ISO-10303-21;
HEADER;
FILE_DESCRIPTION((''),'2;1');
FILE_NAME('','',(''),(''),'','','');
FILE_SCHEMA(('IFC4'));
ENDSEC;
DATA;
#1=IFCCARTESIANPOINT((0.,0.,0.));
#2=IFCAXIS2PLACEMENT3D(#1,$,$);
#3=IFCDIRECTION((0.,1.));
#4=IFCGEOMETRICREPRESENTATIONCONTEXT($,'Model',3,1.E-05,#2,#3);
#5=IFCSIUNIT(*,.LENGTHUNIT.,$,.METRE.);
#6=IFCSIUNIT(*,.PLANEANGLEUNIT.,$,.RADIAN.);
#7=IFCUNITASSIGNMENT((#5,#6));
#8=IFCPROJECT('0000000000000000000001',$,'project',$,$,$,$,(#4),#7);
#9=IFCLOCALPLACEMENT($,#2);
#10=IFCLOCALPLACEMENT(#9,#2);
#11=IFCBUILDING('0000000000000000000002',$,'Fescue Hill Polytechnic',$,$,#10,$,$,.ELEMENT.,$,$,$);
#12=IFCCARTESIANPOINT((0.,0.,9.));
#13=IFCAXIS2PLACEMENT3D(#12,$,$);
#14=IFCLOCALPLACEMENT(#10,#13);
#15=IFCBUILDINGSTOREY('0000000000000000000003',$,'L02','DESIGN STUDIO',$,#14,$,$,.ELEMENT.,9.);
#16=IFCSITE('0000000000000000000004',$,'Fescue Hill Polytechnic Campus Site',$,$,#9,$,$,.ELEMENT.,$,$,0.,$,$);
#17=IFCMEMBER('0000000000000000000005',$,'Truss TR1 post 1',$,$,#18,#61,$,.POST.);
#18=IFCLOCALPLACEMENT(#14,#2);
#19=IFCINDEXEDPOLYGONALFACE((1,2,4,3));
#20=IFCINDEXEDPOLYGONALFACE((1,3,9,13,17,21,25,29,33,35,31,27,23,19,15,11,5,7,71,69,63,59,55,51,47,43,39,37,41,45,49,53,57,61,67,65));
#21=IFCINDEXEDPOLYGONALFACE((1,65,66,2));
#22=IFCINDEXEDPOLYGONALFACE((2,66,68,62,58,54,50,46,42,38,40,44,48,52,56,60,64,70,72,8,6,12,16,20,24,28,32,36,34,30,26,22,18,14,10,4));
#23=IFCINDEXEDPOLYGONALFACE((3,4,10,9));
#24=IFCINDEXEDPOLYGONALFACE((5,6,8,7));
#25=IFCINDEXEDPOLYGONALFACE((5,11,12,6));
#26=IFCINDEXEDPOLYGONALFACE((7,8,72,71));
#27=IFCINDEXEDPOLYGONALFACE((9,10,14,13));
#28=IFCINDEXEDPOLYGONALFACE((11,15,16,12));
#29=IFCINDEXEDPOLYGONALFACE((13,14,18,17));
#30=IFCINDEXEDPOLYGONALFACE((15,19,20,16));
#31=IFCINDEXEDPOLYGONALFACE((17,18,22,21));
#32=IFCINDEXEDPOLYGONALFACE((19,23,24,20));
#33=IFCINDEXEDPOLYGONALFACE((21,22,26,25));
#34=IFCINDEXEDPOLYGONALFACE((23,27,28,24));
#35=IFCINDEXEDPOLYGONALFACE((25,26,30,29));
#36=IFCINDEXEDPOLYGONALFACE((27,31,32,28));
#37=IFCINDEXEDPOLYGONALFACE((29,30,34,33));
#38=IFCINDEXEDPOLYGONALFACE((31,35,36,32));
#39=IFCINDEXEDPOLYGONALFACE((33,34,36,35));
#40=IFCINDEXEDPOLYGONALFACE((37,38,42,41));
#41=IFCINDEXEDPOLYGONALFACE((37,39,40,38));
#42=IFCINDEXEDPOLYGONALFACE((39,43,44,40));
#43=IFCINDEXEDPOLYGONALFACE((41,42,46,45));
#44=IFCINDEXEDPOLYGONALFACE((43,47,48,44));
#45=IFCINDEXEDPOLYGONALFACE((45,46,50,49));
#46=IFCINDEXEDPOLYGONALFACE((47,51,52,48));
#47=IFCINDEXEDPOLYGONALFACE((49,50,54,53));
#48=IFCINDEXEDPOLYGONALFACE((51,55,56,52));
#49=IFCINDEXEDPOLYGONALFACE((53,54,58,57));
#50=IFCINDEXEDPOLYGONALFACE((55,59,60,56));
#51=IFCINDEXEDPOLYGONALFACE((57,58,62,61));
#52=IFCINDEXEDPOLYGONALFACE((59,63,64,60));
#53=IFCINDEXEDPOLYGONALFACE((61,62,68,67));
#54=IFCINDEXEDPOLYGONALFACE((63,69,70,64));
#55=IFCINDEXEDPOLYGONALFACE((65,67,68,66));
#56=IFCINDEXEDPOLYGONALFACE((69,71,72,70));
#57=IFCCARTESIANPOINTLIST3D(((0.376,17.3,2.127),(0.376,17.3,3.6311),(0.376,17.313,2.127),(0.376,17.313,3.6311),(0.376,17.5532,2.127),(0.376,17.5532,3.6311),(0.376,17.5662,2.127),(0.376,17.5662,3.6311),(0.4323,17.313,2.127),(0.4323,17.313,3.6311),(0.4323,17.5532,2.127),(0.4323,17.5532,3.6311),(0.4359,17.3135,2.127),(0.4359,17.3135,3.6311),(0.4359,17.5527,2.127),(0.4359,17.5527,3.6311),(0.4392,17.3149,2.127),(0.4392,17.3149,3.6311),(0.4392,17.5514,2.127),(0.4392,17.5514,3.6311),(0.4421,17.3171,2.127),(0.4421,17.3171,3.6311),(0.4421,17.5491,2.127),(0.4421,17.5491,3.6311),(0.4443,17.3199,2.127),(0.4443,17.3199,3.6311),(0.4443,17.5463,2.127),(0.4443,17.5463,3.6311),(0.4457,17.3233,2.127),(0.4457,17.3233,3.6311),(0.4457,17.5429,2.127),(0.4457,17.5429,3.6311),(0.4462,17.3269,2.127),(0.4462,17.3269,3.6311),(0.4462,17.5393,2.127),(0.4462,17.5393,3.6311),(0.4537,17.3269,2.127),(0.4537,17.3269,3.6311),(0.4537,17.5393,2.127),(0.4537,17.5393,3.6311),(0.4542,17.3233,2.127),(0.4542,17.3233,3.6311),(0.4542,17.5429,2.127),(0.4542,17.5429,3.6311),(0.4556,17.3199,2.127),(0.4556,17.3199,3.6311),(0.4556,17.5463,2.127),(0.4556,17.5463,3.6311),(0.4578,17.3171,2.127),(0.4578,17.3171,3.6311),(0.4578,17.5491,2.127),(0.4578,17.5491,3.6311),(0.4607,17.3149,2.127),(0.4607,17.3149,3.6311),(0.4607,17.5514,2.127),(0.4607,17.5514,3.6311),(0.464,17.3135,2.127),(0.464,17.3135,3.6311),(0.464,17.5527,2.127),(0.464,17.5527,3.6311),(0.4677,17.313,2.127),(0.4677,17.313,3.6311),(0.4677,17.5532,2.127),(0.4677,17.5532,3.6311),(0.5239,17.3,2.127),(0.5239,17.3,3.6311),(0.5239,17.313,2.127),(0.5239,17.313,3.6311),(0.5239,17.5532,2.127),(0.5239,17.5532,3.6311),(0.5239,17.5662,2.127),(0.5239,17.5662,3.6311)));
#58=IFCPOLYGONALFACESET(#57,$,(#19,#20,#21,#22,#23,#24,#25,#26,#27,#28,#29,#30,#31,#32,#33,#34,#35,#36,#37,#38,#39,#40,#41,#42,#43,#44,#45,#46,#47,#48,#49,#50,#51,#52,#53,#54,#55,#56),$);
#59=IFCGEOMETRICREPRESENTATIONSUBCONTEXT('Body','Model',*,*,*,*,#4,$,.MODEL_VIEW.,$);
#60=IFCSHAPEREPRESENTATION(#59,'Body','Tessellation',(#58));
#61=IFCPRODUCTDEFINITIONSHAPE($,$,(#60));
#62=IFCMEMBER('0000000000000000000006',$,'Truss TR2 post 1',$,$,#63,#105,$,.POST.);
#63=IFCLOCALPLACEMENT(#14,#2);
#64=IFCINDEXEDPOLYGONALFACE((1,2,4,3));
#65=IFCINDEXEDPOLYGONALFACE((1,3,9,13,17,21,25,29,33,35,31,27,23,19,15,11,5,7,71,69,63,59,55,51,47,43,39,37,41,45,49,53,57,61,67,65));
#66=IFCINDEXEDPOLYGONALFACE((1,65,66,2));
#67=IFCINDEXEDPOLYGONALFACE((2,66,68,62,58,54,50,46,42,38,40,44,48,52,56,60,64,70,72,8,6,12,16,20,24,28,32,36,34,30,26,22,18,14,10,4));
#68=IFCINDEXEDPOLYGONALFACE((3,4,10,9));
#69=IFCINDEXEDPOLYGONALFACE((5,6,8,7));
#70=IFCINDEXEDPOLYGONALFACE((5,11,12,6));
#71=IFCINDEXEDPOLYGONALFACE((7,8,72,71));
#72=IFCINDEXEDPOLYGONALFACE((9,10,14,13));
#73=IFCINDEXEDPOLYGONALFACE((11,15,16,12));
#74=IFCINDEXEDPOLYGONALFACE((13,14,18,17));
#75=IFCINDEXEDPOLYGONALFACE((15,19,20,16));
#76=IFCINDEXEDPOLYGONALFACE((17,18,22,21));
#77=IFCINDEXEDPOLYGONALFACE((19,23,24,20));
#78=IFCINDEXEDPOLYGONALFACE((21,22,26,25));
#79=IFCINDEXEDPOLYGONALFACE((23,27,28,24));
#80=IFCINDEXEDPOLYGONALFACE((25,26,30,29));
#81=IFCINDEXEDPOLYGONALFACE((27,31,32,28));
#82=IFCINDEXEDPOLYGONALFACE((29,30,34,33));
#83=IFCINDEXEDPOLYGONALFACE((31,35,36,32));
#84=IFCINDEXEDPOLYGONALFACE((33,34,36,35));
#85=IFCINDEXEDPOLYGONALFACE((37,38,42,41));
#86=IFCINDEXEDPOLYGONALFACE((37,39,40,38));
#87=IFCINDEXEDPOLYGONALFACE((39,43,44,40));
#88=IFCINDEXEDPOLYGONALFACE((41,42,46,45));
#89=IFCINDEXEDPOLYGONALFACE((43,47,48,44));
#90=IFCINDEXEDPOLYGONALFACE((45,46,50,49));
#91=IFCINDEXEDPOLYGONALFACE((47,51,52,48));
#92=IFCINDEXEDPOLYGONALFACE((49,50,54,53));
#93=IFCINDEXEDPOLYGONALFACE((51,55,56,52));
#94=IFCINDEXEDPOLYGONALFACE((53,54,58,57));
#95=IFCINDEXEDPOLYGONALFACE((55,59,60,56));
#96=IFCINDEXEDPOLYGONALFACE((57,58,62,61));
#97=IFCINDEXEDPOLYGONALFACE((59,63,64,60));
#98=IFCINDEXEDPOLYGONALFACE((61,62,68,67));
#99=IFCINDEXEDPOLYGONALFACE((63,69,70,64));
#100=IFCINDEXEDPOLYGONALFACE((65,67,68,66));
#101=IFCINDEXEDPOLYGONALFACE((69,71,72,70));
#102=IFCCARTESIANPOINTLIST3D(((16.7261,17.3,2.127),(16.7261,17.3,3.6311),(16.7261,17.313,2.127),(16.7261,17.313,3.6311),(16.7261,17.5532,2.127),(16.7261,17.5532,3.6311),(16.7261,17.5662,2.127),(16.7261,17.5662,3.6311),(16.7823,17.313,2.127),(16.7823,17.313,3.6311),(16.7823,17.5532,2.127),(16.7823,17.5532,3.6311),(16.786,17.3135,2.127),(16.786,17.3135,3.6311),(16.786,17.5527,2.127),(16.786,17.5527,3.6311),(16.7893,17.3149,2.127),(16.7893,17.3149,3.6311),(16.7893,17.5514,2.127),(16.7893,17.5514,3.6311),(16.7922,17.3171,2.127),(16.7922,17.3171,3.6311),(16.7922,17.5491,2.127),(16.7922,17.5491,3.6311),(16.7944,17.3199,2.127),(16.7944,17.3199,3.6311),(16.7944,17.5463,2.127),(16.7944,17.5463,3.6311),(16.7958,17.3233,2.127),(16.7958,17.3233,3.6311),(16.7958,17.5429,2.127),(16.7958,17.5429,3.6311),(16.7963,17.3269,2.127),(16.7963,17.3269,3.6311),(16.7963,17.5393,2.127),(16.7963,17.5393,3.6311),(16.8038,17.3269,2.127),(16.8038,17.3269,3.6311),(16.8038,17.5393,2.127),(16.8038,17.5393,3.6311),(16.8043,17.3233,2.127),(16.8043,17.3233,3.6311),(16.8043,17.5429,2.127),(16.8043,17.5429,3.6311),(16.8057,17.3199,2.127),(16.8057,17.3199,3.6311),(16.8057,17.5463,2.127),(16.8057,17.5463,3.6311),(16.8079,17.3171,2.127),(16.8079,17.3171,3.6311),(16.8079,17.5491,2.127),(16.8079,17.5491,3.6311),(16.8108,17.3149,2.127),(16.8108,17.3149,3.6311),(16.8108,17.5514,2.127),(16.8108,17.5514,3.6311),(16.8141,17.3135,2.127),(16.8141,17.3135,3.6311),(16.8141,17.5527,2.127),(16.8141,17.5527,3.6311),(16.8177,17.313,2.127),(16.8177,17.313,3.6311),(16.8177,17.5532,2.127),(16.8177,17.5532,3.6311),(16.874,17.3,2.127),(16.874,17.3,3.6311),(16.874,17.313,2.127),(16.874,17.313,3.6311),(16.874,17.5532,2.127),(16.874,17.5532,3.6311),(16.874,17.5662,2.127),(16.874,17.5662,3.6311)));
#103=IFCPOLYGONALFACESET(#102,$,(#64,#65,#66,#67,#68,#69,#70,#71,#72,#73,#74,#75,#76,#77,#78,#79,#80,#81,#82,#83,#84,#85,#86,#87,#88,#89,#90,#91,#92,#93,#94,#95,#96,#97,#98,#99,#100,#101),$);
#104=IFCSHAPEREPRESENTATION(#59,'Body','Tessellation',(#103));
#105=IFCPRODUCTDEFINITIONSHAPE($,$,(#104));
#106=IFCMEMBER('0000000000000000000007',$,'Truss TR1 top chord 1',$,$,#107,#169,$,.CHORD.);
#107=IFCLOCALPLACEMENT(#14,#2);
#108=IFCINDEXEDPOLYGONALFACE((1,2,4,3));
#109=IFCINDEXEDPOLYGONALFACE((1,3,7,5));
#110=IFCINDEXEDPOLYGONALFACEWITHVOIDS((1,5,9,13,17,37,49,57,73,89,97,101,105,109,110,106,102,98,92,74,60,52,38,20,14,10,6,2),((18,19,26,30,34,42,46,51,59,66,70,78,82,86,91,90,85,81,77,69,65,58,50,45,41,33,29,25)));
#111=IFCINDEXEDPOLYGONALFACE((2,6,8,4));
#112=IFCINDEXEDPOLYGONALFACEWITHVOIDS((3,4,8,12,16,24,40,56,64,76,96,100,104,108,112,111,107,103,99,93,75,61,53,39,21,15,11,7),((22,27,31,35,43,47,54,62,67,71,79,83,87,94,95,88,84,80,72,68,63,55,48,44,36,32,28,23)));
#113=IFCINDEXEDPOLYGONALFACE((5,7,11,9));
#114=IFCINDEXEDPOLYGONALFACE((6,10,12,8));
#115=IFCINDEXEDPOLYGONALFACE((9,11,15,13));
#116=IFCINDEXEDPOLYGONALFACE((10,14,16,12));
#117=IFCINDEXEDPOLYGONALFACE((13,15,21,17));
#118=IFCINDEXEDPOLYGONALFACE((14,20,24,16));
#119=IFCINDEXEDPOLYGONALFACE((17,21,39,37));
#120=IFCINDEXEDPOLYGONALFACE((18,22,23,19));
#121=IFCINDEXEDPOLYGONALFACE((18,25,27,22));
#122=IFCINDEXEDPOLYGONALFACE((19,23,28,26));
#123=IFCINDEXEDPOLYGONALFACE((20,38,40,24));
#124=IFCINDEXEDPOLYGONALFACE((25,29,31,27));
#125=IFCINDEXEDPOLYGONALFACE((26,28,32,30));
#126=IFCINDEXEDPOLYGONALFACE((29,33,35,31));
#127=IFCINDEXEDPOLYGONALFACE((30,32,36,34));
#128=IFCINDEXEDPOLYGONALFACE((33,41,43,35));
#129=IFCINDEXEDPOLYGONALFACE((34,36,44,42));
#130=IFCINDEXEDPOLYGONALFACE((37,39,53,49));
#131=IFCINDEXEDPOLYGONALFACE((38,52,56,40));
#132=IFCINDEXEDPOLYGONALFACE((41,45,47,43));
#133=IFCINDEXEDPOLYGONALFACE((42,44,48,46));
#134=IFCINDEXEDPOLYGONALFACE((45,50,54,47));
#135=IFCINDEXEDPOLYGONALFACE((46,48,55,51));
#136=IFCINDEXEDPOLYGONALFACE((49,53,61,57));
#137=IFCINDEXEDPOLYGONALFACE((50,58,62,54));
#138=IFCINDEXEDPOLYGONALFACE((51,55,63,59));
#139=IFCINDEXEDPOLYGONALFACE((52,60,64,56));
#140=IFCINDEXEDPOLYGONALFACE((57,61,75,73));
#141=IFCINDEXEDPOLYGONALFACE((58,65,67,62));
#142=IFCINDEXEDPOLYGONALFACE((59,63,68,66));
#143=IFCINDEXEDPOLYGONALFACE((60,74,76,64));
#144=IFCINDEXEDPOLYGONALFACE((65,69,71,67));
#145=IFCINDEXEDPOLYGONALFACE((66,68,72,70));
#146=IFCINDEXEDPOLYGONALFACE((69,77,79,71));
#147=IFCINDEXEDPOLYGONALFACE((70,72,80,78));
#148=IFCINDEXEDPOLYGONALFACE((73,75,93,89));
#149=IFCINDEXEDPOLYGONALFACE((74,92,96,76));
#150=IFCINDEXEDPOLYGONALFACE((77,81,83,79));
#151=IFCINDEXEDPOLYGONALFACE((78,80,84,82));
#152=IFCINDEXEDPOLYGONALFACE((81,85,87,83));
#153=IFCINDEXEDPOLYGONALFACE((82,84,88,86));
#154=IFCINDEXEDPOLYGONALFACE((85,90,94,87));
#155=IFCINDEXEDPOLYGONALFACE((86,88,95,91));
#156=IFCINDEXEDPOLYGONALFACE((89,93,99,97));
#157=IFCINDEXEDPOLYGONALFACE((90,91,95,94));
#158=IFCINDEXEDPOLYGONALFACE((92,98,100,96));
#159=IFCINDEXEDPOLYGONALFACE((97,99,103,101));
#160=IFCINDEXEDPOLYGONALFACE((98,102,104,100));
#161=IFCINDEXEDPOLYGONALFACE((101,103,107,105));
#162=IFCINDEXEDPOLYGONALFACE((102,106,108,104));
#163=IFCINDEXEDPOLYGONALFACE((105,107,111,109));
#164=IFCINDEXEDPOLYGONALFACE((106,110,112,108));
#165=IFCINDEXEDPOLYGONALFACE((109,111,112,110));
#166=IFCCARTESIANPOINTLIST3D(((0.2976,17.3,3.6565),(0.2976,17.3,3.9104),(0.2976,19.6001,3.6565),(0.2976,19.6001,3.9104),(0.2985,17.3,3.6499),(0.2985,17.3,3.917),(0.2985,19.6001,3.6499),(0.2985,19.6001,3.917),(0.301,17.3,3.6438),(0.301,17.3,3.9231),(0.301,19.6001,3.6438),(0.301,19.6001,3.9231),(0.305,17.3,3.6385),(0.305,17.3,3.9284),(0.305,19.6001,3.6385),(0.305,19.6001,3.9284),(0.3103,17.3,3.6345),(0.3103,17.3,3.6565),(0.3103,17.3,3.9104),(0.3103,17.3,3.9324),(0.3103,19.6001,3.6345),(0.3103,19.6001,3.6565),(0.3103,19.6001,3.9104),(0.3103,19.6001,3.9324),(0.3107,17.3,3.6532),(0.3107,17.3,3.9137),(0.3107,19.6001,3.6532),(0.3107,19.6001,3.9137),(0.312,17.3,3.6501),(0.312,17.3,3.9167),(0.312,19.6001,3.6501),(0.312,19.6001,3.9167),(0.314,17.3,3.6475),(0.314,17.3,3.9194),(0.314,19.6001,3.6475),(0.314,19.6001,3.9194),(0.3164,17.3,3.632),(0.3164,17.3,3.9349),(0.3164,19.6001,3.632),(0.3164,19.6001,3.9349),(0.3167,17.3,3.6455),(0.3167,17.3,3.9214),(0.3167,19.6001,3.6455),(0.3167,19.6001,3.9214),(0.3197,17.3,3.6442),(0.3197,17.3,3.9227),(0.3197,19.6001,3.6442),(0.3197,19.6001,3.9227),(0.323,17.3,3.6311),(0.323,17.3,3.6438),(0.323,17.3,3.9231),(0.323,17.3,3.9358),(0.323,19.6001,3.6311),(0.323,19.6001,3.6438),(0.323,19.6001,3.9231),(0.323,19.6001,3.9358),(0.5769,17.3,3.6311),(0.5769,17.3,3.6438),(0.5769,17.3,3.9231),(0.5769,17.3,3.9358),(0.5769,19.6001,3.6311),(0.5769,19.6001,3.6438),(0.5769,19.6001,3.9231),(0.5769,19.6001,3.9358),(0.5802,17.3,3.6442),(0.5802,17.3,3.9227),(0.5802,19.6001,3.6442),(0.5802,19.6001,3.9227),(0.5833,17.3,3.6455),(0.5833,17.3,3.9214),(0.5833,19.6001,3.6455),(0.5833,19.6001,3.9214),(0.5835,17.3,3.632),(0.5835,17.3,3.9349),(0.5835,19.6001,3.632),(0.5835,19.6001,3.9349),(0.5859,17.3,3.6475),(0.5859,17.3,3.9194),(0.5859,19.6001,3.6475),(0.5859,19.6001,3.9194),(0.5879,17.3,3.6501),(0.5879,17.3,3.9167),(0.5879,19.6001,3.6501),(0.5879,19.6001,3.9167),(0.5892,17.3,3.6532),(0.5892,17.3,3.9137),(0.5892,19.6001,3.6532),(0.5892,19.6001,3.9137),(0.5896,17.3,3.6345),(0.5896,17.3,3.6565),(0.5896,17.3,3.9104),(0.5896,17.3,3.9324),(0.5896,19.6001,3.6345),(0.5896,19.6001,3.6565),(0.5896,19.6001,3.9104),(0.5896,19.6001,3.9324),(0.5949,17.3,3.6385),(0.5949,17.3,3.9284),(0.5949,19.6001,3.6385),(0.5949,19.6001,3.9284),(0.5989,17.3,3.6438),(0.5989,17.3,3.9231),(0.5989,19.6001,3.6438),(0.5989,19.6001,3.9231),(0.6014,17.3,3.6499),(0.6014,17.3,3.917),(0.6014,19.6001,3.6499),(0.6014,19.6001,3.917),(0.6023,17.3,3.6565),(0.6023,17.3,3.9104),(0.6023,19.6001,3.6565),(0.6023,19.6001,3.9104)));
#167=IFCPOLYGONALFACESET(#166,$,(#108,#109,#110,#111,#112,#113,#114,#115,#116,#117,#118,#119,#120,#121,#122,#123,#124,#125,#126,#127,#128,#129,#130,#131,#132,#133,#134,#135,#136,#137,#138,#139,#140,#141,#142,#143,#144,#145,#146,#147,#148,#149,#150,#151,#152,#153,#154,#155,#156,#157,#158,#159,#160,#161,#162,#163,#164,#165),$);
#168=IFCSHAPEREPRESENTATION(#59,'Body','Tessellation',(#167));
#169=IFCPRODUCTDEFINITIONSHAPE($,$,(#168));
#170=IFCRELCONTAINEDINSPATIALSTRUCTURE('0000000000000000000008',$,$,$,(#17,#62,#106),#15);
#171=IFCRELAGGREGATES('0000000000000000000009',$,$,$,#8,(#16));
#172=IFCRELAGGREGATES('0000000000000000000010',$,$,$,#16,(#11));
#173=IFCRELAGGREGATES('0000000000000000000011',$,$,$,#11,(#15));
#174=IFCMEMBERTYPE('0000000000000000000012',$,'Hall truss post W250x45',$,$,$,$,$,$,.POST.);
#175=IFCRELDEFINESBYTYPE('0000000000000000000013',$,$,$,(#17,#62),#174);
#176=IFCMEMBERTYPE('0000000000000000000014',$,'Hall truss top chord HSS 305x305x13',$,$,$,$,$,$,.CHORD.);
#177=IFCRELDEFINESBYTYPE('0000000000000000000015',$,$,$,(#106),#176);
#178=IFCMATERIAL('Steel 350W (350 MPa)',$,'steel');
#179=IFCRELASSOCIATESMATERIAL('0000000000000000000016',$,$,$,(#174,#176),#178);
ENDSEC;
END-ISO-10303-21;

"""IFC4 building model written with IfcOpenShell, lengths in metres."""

from ifc_helpers import new_model, si_unit, direction, frame, origin, origin_2d, place, context, subcontext, project, spatial, hollow_rectangle, i_section, extrude, material, material_profile, profile_set, type_object, element, save


model = new_model("IFC4")

# Units and contexts
model_context = context("Model", 3, precision=1e-05, world=origin(), true_north=direction((0.0, 1.0)))
body_context = subcontext(model_context, "Body", "Model", "MODEL_VIEW")
ifc_project = project(units=[si_unit("LENGTHUNIT", "METRE"), si_unit("PLANEANGLEUNIT", "RADIAN")], contexts=[model_context])

# Site, building, storey
site_placement = place(None, origin())
site = spatial("IfcSite", under=ifc_project, at=site_placement, Name="Fescue Hill Polytechnic Campus Site", CompositionType="ELEMENT", RefElevation=0.0)
building_placement = place(site_placement, origin())
building = spatial("IfcBuilding", under=site, at=building_placement, Name="Fescue Hill Polytechnic", CompositionType="ELEMENT")
storey_placement = place(building_placement, frame((0.0, 0.0, 9.0)))
storey = spatial("IfcBuildingStorey", under=building, at=storey_placement, Name="L02", Description="DESIGN STUDIO", CompositionType="ELEMENT", Elevation=9.0)

# Members
ifc_material_1 = material(Name="Steel 350W (350 MPa)", Category="steel")
ifc_material_profile_1 = material_profile(ifc_material_1, i_section(OverallWidth=0.1479, OverallDepth=0.2661, WebThickness=0.0076, FlangeThickness=0.0129, FilletRadius=0.0139, at=origin_2d()), Name="W250x45")
ifc_profile_set_1 = profile_set([ifc_material_profile_1], Name="Steel 350W (350 MPa)")
member_type_1 = type_object("IfcMemberType", Name="Hall truss post W250x45", PredefinedType="POST", material=ifc_profile_set_1)
for number, where, z_axis, x_axis, name in (
    (1, (0.45, 17.4331, 2.127), (0.0, 0.0, 1.0), (1.0, 0.0, 0.0), "Truss TR1 post 1"),
    (2, (16.8, 17.4331, 2.127), (0.0, 0.0, 1.0), (1.0, 0.0, 0.0), "Truss TR2 post 1"),
):
    element("IfcMember", number, at=place(storey_placement, frame(where, z_axis=z_axis, x_axis=x_axis)), inside=storey, type_object=member_type_1, Name=name, PredefinedType="POST", context=body_context, shape_type="SweptSolid", body=[
        extrude(i_section(OverallWidth=0.1479, OverallDepth=0.2661, WebThickness=0.0076, FlangeThickness=0.0129, FilletRadius=0.0139, at=origin_2d()), origin(), (0.0, 0.0, 1.0), 1.5042),
    ])
ifc_material_profile_2 = material_profile(ifc_material_1, hollow_rectangle(XDim=0.3047, YDim=0.3047, WallThickness=0.0127, InnerFilletRadius=0.0127, OuterFilletRadius=0.0254, at=origin_2d()), Name="Hall truss top chord HSS 305x305x13")
ifc_profile_set_2 = profile_set([ifc_material_profile_2], Name="Steel 350W (350 MPa)")
member_type_2 = type_object("IfcMemberType", Name="Hall truss top chord HSS 305x305x13", PredefinedType="CHORD", material=ifc_profile_set_2)
for number, where, z_axis, x_axis, name in (
    (3, (0.45, 17.3, 3.7834), (0.0, 1.0, 0.0), (-1.0, 0.0, 0.0), "Truss TR1 top chord 1"),
):
    element("IfcMember", number, at=place(storey_placement, frame(where, z_axis=z_axis, x_axis=x_axis)), inside=storey, type_object=member_type_2, Name=name, PredefinedType="CHORD", context=body_context, shape_type="SweptSolid", body=[
        extrude(hollow_rectangle(XDim=0.3047, YDim=0.3047, WallThickness=0.0127, InnerFilletRadius=0.0127, OuterFilletRadius=0.0254, at=origin_2d()), origin(), (0.0, 0.0, 1.0), 2.3),
    ])

save(model, "model.ifc")
